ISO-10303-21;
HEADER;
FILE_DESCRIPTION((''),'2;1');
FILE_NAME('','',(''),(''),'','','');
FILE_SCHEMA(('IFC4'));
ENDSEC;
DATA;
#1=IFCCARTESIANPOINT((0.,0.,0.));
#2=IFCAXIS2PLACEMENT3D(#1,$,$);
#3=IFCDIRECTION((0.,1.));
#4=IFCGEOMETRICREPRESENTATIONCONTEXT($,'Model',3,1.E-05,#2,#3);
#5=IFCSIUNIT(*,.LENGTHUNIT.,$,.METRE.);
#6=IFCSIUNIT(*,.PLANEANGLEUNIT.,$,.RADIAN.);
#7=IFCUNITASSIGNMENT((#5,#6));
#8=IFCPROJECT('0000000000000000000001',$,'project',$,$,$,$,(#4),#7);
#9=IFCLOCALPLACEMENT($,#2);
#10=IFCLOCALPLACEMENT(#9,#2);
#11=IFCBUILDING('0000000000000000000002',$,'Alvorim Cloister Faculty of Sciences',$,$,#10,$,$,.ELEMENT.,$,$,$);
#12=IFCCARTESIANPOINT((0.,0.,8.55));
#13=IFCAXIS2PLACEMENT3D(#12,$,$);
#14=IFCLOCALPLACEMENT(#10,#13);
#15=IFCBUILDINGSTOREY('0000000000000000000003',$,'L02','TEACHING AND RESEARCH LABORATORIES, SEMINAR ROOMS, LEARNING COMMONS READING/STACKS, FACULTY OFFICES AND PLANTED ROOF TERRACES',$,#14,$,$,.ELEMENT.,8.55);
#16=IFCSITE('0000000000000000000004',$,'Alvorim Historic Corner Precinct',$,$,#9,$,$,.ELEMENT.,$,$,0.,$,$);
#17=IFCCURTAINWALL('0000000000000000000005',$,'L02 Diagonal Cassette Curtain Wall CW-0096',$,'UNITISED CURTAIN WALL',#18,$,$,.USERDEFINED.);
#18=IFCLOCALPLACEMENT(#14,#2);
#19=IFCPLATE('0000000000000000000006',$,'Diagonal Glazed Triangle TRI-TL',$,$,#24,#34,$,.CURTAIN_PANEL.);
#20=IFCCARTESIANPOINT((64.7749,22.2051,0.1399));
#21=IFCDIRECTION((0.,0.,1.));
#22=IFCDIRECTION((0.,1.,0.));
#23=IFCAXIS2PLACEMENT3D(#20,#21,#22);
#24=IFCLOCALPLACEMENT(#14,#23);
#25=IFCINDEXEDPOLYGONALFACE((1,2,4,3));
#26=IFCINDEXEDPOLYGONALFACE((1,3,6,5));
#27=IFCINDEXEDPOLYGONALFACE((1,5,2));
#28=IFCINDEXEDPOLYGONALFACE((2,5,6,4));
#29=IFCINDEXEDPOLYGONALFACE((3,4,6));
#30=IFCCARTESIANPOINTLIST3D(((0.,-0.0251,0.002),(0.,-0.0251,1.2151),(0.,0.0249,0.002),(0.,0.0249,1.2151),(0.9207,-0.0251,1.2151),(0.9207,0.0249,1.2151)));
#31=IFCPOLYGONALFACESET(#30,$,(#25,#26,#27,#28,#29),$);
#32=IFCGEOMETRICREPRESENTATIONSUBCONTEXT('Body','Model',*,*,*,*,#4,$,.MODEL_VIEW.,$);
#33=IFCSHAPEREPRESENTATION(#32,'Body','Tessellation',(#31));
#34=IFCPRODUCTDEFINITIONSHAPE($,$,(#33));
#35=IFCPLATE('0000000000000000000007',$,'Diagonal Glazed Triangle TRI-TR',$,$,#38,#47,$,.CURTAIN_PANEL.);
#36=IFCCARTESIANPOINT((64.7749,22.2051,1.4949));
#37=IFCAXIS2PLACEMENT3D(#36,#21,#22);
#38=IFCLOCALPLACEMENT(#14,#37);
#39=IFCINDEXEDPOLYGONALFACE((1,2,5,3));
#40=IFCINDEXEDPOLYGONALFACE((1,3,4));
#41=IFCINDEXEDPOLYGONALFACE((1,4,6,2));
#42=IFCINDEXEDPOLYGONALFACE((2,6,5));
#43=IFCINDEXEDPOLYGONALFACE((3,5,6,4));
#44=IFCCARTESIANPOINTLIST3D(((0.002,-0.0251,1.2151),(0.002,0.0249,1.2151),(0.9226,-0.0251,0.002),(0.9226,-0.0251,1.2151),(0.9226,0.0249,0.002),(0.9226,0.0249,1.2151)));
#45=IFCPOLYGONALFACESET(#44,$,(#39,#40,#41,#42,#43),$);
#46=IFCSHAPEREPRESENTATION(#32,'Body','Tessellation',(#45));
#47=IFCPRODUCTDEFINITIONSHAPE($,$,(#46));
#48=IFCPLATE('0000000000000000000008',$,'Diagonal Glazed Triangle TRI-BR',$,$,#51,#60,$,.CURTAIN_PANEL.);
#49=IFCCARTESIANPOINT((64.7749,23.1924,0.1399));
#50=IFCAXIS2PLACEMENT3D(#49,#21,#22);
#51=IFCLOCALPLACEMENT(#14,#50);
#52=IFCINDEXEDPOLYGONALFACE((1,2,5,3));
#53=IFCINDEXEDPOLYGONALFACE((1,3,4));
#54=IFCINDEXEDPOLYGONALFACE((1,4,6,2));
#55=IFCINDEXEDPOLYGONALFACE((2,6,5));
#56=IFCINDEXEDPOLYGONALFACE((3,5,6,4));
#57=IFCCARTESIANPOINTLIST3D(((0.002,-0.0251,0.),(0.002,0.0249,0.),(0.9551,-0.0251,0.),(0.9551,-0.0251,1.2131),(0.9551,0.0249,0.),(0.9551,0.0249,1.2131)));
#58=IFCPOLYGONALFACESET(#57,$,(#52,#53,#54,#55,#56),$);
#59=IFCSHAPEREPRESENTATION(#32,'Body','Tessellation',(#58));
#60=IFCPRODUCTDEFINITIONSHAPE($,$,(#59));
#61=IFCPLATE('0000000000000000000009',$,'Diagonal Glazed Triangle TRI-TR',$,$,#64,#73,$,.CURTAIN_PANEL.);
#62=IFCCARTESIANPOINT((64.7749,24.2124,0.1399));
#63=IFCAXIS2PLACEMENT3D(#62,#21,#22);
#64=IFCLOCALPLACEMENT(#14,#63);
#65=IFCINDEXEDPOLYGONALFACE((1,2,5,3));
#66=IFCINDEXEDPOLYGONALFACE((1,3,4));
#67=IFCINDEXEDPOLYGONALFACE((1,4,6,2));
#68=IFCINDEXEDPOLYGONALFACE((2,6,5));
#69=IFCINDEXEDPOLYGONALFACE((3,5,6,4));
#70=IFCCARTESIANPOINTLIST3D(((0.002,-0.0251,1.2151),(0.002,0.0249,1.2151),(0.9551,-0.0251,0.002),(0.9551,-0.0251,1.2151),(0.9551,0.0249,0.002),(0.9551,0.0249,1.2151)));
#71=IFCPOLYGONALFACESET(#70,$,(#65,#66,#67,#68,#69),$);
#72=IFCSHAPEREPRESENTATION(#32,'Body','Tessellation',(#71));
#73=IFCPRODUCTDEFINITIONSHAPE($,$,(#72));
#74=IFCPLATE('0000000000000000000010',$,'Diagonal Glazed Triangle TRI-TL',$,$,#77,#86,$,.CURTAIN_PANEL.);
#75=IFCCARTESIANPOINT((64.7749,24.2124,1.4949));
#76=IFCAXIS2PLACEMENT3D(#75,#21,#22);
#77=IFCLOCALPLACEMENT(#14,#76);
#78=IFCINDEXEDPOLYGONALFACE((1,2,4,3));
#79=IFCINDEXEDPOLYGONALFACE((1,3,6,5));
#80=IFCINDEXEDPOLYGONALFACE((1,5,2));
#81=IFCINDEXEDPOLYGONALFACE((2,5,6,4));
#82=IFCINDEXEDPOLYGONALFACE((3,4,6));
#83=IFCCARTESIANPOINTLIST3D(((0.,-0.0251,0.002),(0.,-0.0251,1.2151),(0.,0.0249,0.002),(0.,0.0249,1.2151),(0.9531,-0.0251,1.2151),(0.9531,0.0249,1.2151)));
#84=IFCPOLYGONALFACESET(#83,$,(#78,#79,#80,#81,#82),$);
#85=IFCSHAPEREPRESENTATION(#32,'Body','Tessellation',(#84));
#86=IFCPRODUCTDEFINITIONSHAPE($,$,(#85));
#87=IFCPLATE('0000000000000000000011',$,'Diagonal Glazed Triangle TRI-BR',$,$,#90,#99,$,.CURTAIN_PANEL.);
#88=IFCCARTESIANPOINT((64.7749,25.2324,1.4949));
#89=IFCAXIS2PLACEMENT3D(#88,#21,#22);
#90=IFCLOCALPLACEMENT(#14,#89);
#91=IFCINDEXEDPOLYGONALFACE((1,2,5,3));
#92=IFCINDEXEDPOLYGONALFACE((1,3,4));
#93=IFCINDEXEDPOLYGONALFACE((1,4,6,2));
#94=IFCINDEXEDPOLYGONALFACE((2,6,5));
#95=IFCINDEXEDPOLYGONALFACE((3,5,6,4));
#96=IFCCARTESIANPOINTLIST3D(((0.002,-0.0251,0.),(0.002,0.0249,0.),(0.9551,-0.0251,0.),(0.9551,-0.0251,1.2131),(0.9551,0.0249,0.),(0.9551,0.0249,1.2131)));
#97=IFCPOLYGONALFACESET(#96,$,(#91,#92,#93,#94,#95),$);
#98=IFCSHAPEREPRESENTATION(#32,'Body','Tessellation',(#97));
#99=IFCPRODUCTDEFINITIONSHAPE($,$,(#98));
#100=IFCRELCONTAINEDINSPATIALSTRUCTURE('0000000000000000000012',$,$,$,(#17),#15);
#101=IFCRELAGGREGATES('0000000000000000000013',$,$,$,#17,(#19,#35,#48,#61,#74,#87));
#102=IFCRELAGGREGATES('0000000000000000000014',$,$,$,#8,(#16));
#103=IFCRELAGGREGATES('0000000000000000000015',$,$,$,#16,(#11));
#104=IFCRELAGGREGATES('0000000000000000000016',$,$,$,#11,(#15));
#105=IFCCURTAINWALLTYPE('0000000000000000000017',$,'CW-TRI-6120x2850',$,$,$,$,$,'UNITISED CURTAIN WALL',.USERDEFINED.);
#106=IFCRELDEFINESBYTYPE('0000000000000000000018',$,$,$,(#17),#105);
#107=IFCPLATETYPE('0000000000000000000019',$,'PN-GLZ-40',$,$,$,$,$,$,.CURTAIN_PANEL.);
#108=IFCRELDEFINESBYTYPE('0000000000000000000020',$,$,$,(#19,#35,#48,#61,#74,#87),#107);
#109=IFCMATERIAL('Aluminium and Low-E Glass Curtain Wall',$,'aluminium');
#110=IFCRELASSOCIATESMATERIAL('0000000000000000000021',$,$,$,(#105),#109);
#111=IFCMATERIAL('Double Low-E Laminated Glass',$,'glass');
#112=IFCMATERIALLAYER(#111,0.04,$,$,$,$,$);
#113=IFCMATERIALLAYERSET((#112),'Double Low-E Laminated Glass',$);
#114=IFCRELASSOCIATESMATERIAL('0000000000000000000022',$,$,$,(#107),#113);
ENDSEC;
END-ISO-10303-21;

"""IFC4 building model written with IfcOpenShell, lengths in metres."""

from ifc_helpers import new_model, si_unit, direction, frame, origin, place, context, subcontext, project, spatial, polyline, outline, extrude, material, layer, layer_set, type_object, element, aggregate, save


model = new_model("IFC4")

# Units and contexts
model_context = context("Model", 3, precision=1e-05, world=origin(), true_north=direction((0.0, 1.0)))
body_context = subcontext(model_context, "Body", "Model", "MODEL_VIEW")
ifc_project = project(units=[si_unit("LENGTHUNIT", "METRE"), si_unit("PLANEANGLEUNIT", "RADIAN")], contexts=[model_context])

# Site, building, storey
site_placement = place(None, origin())
site = spatial("IfcSite", under=ifc_project, at=site_placement, Name="Alvorim Historic Corner Precinct", CompositionType="ELEMENT", RefElevation=0.0)
building_placement = place(site_placement, origin())
building = spatial("IfcBuilding", under=site, at=building_placement, Name="Alvorim Cloister Faculty of Sciences", CompositionType="ELEMENT")
storey_placement = place(building_placement, frame((0.0, 0.0, 8.55)))
storey = spatial("IfcBuildingStorey", under=building, at=storey_placement, Name="L02", Description="TEACHING AND RESEARCH LABORATORIES, SEMINAR ROOMS, LEARNING COMMONS READING/STACKS, FACULTY OFFICES AND PLANTED ROOF TERRACES", CompositionType="ELEMENT", Elevation=8.55)

# Curtain wall
ifc_material_1 = material(Name="Aluminium and Low-E Glass Curtain Wall", Category="aluminium")
curtain_wall_type = type_object("IfcCurtainWallType", Name="CW-TRI-6120x2850", ElementType="UNITISED CURTAIN WALL", PredefinedType="USERDEFINED", material=ifc_material_1)
curtain_wall_1_placement = place(storey_placement, origin())
curtain_wall_1 = element("IfcCurtainWall", 1, at=curtain_wall_1_placement, inside=storey, type_object=curtain_wall_type, Name="L02 Diagonal Cassette Curtain Wall CW-0096", ObjectType="UNITISED CURTAIN WALL", PredefinedType="USERDEFINED")

# Plates
ifc_material_2 = material(Name="Double Low-E Laminated Glass", Category="glass")
ifc_layer_1 = layer(ifc_material_2, 0.04)
ifc_layer_set_1 = layer_set([ifc_layer_1], Name="Double Low-E Laminated Glass")
plate_type = type_object("IfcPlateType", Name="PN-GLZ-40", PredefinedType="CURTAIN_PANEL", material=ifc_layer_set_1)
plate_1_placement = place(storey_placement, frame((64.7749, 22.2051, 0.1399), z_axis=(0.0, 0.0, 1.0), x_axis=(0.0, 1.0, 0.0)))
plate_1 = element("IfcPlate", 2, at=plate_1_placement, type_object=plate_type, Name="Diagonal Glazed Triangle TRI-TL", PredefinedType="CURTAIN_PANEL", context=body_context, shape_type="SweptSolid", body=[
    extrude(outline(polyline([(0.9207, 1.2151), (0.0, 1.2151), (0.0, 0.002), (0.9207, 1.2151)])), frame((0.0, 0.0249, 0.0), z_axis=(0.0, -1.0, 0.0), x_axis=(1.0, 0.0, 0.0)), (0.0, 0.0, 1.0), 0.05),
])
plate_2_placement = place(storey_placement, frame((64.7749, 22.2051, 1.4949), z_axis=(0.0, 0.0, 1.0), x_axis=(0.0, 1.0, 0.0)))
plate_2 = element("IfcPlate", 3, at=plate_2_placement, type_object=plate_type, Name="Diagonal Glazed Triangle TRI-TR", PredefinedType="CURTAIN_PANEL", context=body_context, shape_type="SweptSolid", body=[
    extrude(outline(polyline([(0.9226, 0.002), (0.9226, 1.2151), (0.002, 1.2151), (0.9226, 0.002)])), frame((0.0, 0.0249, 0.0), z_axis=(0.0, -1.0, 0.0), x_axis=(1.0, 0.0, 0.0)), (0.0, 0.0, 1.0), 0.05),
])
plate_3_placement = place(storey_placement, frame((64.7749, 23.1924, 0.1399), z_axis=(0.0, 0.0, 1.0), x_axis=(0.0, 1.0, 0.0)))
plate_3 = element("IfcPlate", 4, at=plate_3_placement, type_object=plate_type, Name="Diagonal Glazed Triangle TRI-BR", PredefinedType="CURTAIN_PANEL", context=body_context, shape_type="SweptSolid", body=[
    extrude(outline(polyline([(0.002, 0.0), (0.9551, 0.0), (0.9551, 1.2131), (0.002, 0.0)])), frame((0.0, 0.0249, 0.0), z_axis=(0.0, -1.0, 0.0), x_axis=(1.0, 0.0, 0.0)), (0.0, 0.0, 1.0), 0.05),
])
plate_4_placement = place(storey_placement, frame((64.7749, 24.2124, 0.1399), z_axis=(0.0, 0.0, 1.0), x_axis=(0.0, 1.0, 0.0)))
plate_4 = element("IfcPlate", 5, at=plate_4_placement, type_object=plate_type, Name="Diagonal Glazed Triangle TRI-TR", PredefinedType="CURTAIN_PANEL", context=body_context, shape_type="SweptSolid", body=[
    extrude(outline(polyline([(0.9551, 0.002), (0.9551, 1.2151), (0.002, 1.2151), (0.9551, 0.002)])), frame((0.0, 0.0249, 0.0), z_axis=(0.0, -1.0, 0.0), x_axis=(1.0, 0.0, 0.0)), (0.0, 0.0, 1.0), 0.05),
])
plate_5_placement = place(storey_placement, frame((64.7749, 24.2124, 1.4949), z_axis=(0.0, 0.0, 1.0), x_axis=(0.0, 1.0, 0.0)))
plate_5 = element("IfcPlate", 6, at=plate_5_placement, type_object=plate_type, Name="Diagonal Glazed Triangle TRI-TL", PredefinedType="CURTAIN_PANEL", context=body_context, shape_type="SweptSolid", body=[
    extrude(outline(polyline([(0.9531, 1.2151), (0.0, 1.2151), (0.0, 0.002), (0.9531, 1.2151)])), frame((0.0, 0.0249, 0.0), z_axis=(0.0, -1.0, 0.0), x_axis=(1.0, 0.0, 0.0)), (0.0, 0.0, 1.0), 0.05),
])
plate_6_placement = place(storey_placement, frame((64.7749, 25.2324, 1.4949), z_axis=(0.0, 0.0, 1.0), x_axis=(0.0, 1.0, 0.0)))
plate_6 = element("IfcPlate", 7, at=plate_6_placement, type_object=plate_type, Name="Diagonal Glazed Triangle TRI-BR", PredefinedType="CURTAIN_PANEL", context=body_context, shape_type="SweptSolid", body=[
    extrude(outline(polyline([(0.002, 0.0), (0.9551, 0.0), (0.9551, 1.2131), (0.002, 0.0)])), frame((0.0, 0.0249, 0.0), z_axis=(0.0, -1.0, 0.0), x_axis=(1.0, 0.0, 0.0)), (0.0, 0.0, 1.0), 0.05),
])
aggregate(curtain_wall_1, [plate_1, plate_2, plate_3, plate_4, plate_5, plate_6])

save(model, "model.ifc")
